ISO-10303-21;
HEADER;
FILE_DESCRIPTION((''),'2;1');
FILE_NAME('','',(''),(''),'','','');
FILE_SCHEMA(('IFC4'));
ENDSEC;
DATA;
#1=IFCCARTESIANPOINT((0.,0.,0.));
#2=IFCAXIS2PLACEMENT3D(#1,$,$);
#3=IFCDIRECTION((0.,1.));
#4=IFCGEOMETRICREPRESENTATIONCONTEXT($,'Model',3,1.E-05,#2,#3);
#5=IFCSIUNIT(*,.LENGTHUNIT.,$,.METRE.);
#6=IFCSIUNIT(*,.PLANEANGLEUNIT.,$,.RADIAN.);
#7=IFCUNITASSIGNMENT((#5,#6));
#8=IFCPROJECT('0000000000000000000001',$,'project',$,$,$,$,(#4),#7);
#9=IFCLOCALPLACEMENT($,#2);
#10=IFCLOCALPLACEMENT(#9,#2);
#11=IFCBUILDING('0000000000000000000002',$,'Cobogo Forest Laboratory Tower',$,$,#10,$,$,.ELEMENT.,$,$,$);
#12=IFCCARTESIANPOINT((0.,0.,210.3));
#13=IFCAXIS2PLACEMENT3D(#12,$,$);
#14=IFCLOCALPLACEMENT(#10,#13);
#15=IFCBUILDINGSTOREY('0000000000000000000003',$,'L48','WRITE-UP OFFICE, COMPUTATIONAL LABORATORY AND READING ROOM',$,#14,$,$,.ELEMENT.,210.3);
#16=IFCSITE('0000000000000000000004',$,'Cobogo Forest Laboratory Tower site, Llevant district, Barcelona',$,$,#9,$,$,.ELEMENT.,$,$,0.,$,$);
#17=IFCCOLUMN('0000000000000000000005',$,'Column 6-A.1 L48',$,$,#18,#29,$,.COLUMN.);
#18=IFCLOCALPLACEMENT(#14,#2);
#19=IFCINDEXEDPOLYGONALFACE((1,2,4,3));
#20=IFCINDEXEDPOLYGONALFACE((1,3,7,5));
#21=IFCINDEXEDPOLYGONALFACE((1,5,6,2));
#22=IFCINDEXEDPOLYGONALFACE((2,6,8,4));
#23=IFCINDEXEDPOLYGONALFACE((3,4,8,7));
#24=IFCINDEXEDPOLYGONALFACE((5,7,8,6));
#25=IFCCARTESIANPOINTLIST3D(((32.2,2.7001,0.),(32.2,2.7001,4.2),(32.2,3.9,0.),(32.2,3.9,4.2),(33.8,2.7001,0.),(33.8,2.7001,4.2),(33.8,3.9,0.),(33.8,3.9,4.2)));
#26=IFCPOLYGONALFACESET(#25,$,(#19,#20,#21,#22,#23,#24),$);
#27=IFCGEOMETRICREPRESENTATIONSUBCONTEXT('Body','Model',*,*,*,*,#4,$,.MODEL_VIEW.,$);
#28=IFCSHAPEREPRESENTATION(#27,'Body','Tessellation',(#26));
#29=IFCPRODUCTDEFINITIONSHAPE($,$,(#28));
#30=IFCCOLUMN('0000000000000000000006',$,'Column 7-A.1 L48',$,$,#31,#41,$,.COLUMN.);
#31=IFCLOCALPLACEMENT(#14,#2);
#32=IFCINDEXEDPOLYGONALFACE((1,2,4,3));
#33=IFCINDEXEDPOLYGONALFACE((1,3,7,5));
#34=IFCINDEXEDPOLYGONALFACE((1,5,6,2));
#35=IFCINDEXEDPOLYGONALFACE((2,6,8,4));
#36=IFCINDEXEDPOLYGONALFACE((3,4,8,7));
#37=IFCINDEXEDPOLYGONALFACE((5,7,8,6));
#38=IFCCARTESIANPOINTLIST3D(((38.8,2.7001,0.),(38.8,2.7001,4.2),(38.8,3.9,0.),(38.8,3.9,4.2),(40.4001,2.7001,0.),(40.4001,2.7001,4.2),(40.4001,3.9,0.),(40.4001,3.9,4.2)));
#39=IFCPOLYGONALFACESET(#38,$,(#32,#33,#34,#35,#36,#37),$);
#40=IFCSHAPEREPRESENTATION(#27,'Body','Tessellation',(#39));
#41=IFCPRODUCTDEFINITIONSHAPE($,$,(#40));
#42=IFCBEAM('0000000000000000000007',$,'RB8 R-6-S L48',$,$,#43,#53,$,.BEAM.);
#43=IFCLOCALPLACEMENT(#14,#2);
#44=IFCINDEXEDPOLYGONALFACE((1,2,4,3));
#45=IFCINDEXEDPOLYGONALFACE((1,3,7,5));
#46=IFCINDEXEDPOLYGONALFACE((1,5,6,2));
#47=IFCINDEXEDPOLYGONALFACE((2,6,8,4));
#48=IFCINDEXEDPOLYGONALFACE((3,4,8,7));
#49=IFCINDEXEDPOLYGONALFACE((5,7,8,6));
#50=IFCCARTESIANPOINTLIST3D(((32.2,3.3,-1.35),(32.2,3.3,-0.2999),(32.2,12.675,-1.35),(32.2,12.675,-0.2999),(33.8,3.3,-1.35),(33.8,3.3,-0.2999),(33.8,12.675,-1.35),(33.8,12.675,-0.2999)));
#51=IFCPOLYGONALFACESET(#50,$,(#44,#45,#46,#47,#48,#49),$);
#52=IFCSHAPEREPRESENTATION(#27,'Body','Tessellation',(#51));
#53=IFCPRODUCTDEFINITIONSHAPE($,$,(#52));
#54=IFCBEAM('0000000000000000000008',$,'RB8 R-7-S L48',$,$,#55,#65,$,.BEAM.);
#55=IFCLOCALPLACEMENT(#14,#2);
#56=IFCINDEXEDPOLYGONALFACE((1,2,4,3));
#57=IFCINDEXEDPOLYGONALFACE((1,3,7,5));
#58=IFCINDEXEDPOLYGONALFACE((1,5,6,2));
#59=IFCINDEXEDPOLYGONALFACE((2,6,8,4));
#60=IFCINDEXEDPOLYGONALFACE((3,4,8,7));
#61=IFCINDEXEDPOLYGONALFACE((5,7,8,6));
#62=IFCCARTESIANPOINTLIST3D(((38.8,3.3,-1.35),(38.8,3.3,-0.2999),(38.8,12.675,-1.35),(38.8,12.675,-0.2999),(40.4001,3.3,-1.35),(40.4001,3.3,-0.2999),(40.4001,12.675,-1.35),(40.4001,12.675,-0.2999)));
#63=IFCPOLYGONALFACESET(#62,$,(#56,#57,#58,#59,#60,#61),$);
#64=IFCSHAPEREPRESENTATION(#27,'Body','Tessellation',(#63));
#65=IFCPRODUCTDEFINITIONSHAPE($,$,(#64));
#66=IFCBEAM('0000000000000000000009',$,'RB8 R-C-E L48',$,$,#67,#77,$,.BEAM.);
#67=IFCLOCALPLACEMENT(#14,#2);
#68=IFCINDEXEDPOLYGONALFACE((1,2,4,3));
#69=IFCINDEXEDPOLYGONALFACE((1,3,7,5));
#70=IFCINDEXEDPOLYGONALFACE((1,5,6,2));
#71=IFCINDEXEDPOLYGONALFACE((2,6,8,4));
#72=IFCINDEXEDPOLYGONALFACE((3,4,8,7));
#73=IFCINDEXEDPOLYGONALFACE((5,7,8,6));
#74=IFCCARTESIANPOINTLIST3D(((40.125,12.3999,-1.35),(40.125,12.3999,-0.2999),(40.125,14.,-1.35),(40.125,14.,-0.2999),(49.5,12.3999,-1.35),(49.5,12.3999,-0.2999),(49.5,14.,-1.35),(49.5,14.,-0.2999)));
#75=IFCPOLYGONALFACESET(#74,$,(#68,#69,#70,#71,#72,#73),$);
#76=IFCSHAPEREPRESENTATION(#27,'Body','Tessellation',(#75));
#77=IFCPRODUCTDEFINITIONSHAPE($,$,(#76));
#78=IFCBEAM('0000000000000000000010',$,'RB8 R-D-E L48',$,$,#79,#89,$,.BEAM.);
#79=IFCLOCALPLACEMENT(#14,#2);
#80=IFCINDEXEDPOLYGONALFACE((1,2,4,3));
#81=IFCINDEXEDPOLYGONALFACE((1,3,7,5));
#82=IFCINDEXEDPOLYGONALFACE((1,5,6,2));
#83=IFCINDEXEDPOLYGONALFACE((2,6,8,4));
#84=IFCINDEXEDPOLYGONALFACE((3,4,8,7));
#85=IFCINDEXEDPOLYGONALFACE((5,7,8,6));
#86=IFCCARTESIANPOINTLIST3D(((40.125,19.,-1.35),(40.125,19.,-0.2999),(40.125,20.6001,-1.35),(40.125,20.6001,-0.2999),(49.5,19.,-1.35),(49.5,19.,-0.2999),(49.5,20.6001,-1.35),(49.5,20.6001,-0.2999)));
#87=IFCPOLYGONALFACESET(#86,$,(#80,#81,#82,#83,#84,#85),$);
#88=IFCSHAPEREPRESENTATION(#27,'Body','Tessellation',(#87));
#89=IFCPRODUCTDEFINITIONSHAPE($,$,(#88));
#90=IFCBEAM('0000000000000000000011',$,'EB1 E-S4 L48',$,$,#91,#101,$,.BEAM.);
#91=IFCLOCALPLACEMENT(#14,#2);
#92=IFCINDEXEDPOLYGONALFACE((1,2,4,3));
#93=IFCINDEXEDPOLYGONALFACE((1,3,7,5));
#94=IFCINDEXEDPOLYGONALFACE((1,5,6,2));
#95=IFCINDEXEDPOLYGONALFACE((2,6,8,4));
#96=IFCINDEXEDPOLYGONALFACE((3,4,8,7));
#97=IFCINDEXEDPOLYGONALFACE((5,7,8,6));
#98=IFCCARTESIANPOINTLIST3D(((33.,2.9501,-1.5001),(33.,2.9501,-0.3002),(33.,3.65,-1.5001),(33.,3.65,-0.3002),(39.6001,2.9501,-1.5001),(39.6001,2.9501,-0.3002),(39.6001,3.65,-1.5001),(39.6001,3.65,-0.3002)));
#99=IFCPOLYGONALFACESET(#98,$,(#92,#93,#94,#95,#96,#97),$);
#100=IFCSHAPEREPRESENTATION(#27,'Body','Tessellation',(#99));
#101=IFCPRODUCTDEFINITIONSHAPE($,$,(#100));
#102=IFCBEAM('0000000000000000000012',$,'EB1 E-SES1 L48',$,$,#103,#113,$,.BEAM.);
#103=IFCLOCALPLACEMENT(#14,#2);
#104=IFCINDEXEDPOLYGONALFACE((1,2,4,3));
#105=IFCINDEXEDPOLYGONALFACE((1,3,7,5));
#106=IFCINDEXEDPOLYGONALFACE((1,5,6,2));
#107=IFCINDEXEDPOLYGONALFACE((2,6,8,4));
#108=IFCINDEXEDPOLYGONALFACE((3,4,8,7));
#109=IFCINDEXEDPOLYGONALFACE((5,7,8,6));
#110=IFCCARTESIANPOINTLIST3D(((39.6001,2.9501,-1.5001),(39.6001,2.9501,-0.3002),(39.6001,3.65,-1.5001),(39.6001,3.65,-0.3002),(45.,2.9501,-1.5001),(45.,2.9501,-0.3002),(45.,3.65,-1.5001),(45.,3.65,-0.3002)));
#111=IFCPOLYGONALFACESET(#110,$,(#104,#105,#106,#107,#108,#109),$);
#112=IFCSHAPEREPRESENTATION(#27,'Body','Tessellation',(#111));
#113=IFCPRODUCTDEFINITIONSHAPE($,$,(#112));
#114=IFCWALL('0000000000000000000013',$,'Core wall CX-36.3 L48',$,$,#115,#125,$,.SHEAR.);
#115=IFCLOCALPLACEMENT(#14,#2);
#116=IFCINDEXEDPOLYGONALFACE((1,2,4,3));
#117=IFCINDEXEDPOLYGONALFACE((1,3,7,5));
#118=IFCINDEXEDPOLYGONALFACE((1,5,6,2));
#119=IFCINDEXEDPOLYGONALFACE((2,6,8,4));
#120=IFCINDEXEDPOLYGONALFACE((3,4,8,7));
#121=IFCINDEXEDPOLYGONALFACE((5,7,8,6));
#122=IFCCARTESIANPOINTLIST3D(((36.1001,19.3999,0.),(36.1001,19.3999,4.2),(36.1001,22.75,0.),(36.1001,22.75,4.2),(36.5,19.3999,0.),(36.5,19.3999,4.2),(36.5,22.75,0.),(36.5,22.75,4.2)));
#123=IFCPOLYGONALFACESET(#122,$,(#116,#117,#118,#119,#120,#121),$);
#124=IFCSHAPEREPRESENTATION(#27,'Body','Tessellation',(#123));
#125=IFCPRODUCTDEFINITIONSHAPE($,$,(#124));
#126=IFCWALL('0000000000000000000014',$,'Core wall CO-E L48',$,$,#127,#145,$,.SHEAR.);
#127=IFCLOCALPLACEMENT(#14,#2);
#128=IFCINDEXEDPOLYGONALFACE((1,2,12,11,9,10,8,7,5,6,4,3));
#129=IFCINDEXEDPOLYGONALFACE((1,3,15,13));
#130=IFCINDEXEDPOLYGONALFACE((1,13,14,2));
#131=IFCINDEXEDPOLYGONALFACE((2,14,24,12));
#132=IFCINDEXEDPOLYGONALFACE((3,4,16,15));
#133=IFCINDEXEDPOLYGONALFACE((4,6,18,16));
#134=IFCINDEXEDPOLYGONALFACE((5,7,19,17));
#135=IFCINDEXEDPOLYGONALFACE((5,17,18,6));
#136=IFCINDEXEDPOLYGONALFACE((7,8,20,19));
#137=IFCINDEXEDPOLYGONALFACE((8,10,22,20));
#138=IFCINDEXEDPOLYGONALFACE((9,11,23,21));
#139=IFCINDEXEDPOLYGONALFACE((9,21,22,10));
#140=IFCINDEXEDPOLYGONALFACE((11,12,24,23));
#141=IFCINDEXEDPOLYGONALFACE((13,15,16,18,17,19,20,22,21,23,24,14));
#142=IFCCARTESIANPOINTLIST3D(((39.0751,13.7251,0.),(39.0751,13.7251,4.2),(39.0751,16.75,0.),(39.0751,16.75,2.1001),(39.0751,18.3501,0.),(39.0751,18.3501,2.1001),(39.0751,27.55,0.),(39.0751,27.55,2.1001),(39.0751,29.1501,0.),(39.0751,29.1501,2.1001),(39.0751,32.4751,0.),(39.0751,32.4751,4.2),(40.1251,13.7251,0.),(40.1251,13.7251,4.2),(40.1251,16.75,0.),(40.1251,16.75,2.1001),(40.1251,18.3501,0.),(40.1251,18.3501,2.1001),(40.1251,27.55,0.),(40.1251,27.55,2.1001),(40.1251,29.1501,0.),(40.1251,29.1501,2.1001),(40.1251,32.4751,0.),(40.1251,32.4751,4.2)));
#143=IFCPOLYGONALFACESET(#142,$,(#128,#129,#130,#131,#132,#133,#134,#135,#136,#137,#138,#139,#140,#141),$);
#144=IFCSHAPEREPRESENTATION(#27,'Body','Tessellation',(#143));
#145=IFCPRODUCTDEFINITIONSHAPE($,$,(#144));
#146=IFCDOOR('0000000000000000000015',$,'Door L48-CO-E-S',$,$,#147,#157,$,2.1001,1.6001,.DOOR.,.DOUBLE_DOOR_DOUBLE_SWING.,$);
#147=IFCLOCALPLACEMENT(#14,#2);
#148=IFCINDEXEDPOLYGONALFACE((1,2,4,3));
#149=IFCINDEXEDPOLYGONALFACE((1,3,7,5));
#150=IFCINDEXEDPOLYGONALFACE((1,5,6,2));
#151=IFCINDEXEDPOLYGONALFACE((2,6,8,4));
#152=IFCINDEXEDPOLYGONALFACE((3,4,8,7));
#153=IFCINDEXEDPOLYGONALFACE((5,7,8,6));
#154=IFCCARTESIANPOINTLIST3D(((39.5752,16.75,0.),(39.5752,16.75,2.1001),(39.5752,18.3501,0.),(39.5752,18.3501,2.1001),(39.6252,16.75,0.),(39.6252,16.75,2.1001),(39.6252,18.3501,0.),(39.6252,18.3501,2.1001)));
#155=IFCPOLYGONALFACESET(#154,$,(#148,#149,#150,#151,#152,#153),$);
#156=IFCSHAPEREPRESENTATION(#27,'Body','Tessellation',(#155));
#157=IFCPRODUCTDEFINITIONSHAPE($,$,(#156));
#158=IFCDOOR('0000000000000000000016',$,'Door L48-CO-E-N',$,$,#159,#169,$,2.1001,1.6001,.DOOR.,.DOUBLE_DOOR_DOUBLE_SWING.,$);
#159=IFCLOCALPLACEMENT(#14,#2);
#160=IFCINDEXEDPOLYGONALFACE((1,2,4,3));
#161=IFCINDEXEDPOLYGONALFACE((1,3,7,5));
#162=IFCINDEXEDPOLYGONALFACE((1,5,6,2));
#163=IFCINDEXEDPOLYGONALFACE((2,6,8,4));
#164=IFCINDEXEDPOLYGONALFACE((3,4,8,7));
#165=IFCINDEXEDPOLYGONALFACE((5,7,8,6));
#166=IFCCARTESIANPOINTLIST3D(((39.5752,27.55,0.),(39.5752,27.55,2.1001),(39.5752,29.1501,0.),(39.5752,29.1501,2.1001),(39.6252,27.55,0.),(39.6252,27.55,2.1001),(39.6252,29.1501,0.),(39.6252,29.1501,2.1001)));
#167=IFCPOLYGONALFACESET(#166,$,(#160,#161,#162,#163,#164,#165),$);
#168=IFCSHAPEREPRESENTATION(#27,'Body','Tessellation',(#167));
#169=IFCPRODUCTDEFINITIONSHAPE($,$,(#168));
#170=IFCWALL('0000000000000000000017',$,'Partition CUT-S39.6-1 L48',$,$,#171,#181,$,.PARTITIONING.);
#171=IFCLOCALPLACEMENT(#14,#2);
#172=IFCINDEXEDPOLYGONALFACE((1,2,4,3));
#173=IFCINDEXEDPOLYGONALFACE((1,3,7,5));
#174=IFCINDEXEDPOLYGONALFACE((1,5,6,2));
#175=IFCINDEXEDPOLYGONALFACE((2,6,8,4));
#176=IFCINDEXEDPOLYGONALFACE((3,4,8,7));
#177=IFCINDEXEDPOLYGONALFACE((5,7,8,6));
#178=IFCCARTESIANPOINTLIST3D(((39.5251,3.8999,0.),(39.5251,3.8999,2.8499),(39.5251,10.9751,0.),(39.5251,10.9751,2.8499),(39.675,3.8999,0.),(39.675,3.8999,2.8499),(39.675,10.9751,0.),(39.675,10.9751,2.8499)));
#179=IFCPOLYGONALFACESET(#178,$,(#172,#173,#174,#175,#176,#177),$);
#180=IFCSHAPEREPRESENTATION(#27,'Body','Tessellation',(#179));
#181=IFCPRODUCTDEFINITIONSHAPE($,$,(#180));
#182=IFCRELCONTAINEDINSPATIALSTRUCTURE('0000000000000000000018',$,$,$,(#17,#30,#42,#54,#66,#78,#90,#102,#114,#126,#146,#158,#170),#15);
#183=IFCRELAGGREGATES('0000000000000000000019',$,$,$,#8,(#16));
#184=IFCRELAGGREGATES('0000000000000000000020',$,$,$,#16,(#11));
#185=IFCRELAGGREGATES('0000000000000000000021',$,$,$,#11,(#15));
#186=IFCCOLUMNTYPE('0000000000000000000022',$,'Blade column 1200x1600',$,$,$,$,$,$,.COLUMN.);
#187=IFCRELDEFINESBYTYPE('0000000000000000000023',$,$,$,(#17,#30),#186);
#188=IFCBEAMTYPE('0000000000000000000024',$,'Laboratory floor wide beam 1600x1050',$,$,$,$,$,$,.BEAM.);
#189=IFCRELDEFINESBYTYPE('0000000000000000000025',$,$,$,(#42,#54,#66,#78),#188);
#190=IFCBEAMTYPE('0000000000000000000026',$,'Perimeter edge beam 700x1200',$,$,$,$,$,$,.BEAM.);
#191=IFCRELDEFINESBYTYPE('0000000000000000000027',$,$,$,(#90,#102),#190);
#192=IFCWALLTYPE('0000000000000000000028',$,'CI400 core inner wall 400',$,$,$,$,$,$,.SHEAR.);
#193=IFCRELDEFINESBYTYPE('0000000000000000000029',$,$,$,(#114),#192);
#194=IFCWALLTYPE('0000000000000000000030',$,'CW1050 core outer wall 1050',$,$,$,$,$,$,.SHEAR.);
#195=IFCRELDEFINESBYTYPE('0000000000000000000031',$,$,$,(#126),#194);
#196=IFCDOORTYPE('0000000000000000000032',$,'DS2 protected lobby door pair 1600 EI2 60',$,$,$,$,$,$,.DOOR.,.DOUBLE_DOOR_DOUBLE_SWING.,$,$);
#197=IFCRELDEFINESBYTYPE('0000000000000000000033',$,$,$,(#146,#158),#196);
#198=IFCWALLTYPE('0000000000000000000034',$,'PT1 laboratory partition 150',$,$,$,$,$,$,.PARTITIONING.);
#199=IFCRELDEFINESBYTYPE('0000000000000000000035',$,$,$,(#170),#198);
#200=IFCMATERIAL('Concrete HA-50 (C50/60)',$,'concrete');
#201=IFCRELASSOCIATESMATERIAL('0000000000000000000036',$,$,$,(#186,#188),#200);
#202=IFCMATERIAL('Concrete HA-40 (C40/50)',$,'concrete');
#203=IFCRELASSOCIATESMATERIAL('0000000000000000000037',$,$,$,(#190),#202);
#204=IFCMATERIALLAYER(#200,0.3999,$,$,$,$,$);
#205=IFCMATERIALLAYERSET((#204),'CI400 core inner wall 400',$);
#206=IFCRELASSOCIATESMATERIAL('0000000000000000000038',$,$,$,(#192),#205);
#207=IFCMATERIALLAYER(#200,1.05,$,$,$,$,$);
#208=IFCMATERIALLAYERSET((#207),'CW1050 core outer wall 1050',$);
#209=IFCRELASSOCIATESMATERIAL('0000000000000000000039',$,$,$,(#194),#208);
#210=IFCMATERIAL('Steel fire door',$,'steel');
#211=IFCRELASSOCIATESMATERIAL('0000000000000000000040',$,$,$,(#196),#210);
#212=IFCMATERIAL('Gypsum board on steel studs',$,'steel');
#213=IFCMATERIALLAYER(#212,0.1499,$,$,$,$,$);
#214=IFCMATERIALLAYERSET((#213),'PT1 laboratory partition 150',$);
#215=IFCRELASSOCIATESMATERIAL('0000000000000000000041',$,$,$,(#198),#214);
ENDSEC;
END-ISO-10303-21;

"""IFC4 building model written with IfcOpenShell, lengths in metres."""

from ifc_helpers import new_model, si_unit, direction, frame, frame_2d, origin, origin_2d, place, context, subcontext, project, spatial, rectangle, extrude, material, layer, layer_set, material_profile, profile_set, type_object, element, fill, save


model = new_model("IFC4")

# Units and contexts
model_context = context("Model", 3, precision=1e-05, world=origin(), true_north=direction((0.0, 1.0)))
body_context = subcontext(model_context, "Body", "Model", "MODEL_VIEW")
ifc_project = project(units=[si_unit("LENGTHUNIT", "METRE"), si_unit("PLANEANGLEUNIT", "RADIAN")], contexts=[model_context])

# Site, building, storey
site_placement = place(None, origin())
site = spatial("IfcSite", under=ifc_project, at=site_placement, Name="Cobogo Forest Laboratory Tower site, Llevant district, Barcelona", CompositionType="ELEMENT", RefElevation=0.0)
building_placement = place(site_placement, origin())
building = spatial("IfcBuilding", under=site, at=building_placement, Name="Cobogo Forest Laboratory Tower", CompositionType="ELEMENT")
storey_placement = place(building_placement, frame((0.0, 0.0, 210.3)))
storey = spatial("IfcBuildingStorey", under=building, at=storey_placement, Name="L48", Description="WRITE-UP OFFICE, COMPUTATIONAL LABORATORY AND READING ROOM", CompositionType="ELEMENT", Elevation=210.3)

# Columns
ifc_material_1 = material(Name="Concrete HA-50 (C50/60)", Category="concrete")
ifc_material_profile_1 = material_profile(ifc_material_1, rectangle(XDim=1.6001, YDim=1.2, at=origin_2d()), Name="RC 1200x1600")
ifc_profile_set_1 = profile_set([ifc_material_profile_1], Name="Concrete HA-50 (C50/60)")
column_type = type_object("IfcColumnType", Name="Blade column 1200x1600", PredefinedType="COLUMN", material=ifc_profile_set_1)
for number, where, z_axis, x_axis, name in (
    (1, (33.0, 3.3, 0.0), (0.0, 0.0, 1.0), (1.0, 0.0, 0.0), "Column 6-A.1 L48"),
    (2, (39.6001, 3.3, 0.0), (0.0, 0.0, 1.0), (1.0, 0.0, 0.0), "Column 7-A.1 L48"),
):
    element("IfcColumn", number, at=place(storey_placement, frame(where, z_axis=z_axis, x_axis=x_axis)), inside=storey, type_object=column_type, Name=name, PredefinedType="COLUMN", context=body_context, shape_type="SweptSolid", body=[
        extrude(rectangle(XDim=1.6001, YDim=1.2, at=origin_2d()), origin(), (0.0, 0.0, 1.0), 4.2),
    ])

# Beams
ifc_material_profile_2 = material_profile(ifc_material_1, rectangle(XDim=1.6001, YDim=1.05, at=origin_2d()), Name="RC 1600x1050")
ifc_profile_set_2 = profile_set([ifc_material_profile_2], Name="Concrete HA-50 (C50/60)")
beam_type_1 = type_object("IfcBeamType", Name="Laboratory floor wide beam 1600x1050", PredefinedType="BEAM", material=ifc_profile_set_2)
for number, where, z_axis, x_axis, name in (
    (3, (33.0, 12.675, -0.825), (0.0, -1.0, 0.0), (1.0, 0.0, 0.0), "RB8 R-6-S L48"),
    (4, (39.6001, 12.675, -0.825), (0.0, -1.0, 0.0), (1.0, 0.0, 0.0), "RB8 R-7-S L48"),
    (5, (40.125, 13.2, -0.825), (1.0, 0.0, 0.0), (0.0, 1.0, 0.0), "RB8 R-C-E L48"),
    (6, (40.125, 19.8, -0.825), (1.0, 0.0, 0.0), (0.0, 1.0, 0.0), "RB8 R-D-E L48"),
):
    element("IfcBeam", number, at=place(storey_placement, frame(where, z_axis=z_axis, x_axis=x_axis)), inside=storey, type_object=beam_type_1, Name=name, PredefinedType="BEAM", context=body_context, shape_type="SweptSolid", body=[
        extrude(rectangle(XDim=1.6001, YDim=1.05, at=origin_2d()), origin(), (0.0, 0.0, 1.0), 9.375),
    ])
ifc_material_2 = material(Name="Concrete HA-40 (C40/50)", Category="concrete")
ifc_material_profile_3 = material_profile(ifc_material_2, rectangle(XDim=0.7, YDim=1.2, at=origin_2d()), Name="RC 700x1200")
ifc_profile_set_3 = profile_set([ifc_material_profile_3], Name="Concrete HA-40 (C40/50)")
beam_type_2 = type_object("IfcBeamType", Name="Perimeter edge beam 700x1200", PredefinedType="BEAM", material=ifc_profile_set_3)
beam_1_placement = place(storey_placement, frame((33.0, 3.3, -0.9001), z_axis=(1.0, 0.0, 0.0), x_axis=(0.0, 1.0, 0.0)))
element("IfcBeam", 7, at=beam_1_placement, inside=storey, type_object=beam_type_2, Name="EB1 E-S4 L48", PredefinedType="BEAM", context=body_context, shape_type="SweptSolid", body=[
    extrude(rectangle(XDim=0.7, YDim=1.2, at=origin_2d()), origin(), (0.0, 0.0, 1.0), 6.6001),
])
beam_2_placement = place(storey_placement, frame((39.6001, 3.3, -0.9001), z_axis=(1.0, 0.0, 0.0), x_axis=(0.0, 1.0, 0.0)))
element("IfcBeam", 8, at=beam_2_placement, inside=storey, type_object=beam_type_2, Name="EB1 E-SES1 L48", PredefinedType="BEAM", context=body_context, shape_type="SweptSolid", body=[
    extrude(rectangle(XDim=0.7, YDim=1.2, at=origin_2d()), origin(), (0.0, 0.0, 1.0), 5.3999),
])

# Wall
ifc_layer_1 = layer(ifc_material_1, 0.3999)
ifc_layer_set_1 = layer_set([ifc_layer_1], Name="CI400 core inner wall 400")
wall_type_1 = type_object("IfcWallType", Name="CI400 core inner wall 400", PredefinedType="SHEAR", material=ifc_layer_set_1)
wall_1_placement = place(storey_placement, frame((36.3, 19.3999, 0.0), z_axis=(0.0, 0.0, 1.0), x_axis=(0.0, 1.0, 0.0)))
element("IfcWall", 9, at=wall_1_placement, inside=storey, type_object=wall_type_1, Name="Core wall CX-36.3 L48", PredefinedType="SHEAR", context=body_context, shape_type="SweptSolid", body=[
    extrude(rectangle(XDim=3.3501, YDim=0.3999, at=frame_2d((1.675, 0.0))), origin(), (0.0, 0.0, 1.0), 4.2),
])

# Wall, openings, doors
ifc_layer_2 = layer(ifc_material_1, 1.05)
ifc_layer_set_2 = layer_set([ifc_layer_2], Name="CW1050 core outer wall 1050")
wall_type_2 = type_object("IfcWallType", Name="CW1050 core outer wall 1050", PredefinedType="SHEAR", material=ifc_layer_set_2)
wall_2_placement = place(storey_placement, frame((39.6001, 13.7251, 0.0), z_axis=(0.0, 0.0, 1.0), x_axis=(0.0, 1.0, 0.0)))
wall_2 = element("IfcWall", 10, at=wall_2_placement, inside=storey, type_object=wall_type_2, Name="Core wall CO-E L48", PredefinedType="SHEAR", context=body_context, shape_type="SweptSolid", body=[
    extrude(rectangle(XDim=18.75, YDim=1.05, at=frame_2d((9.375, 0.0))), origin(), (0.0, 0.0, 1.0), 4.2),
])
opening_1_placement = place(wall_2_placement, frame((3.0249, 0.0, 0.0)))
opening_1 = element("IfcOpeningElement", 11, at=opening_1_placement, cuts=wall_2, PredefinedType="OPENING", context=body_context, shape_type="SweptSolid", body=[
    extrude(rectangle(XDim=1.6001, YDim=2.1001, at=frame_2d((0.8, 1.05))), frame((0.0, 0.5349, 0.0), z_axis=(0.0, -1.0, 0.0), x_axis=(1.0, 0.0, 0.0)), (0.0, 0.0, 1.0), 1.0701),
])
opening_2_placement = place(wall_2_placement, frame((13.825, 0.0, 0.0)))
opening_2 = element("IfcOpeningElement", 12, at=opening_2_placement, cuts=wall_2, PredefinedType="OPENING", context=body_context, shape_type="SweptSolid", body=[
    extrude(rectangle(XDim=1.6001, YDim=2.1001, at=frame_2d((0.8, 1.05))), frame((0.0, 0.5349, 0.0), z_axis=(0.0, -1.0, 0.0), x_axis=(1.0, 0.0, 0.0)), (0.0, 0.0, 1.0), 1.0701),
])
ifc_material_3 = material(Name="Steel fire door", Category="steel")
door_type_1 = type_object("IfcDoorType", Name="DS2 protected lobby door pair 1600 EI2 60", OperationType="DOUBLE_DOOR_DOUBLE_SWING", PredefinedType="DOOR", material=ifc_material_3)
door_1_placement = place(opening_1_placement, origin())
door_1 = element("IfcDoor", 13, at=door_1_placement, inside=storey, type_object=door_type_1, Name="Door L48-CO-E-S", OperationType="DOUBLE_DOOR_DOUBLE_SWING", OverallHeight=2.1001, OverallWidth=1.6001, PredefinedType="DOOR", context=body_context, shape_type="SweptSolid", body=[
    extrude(rectangle(XDim=1.6001, YDim=2.1001, at=frame_2d((0.8, 1.05))), frame((0.0, 0.0249, 0.0), z_axis=(0.0, -1.0, 0.0), x_axis=(1.0, 0.0, 0.0)), (0.0, 0.0, 1.0), 0.05),
])
fill(opening_1, door_1)
door_2_placement = place(opening_2_placement, origin())
door_2 = element("IfcDoor", 14, at=door_2_placement, inside=storey, type_object=door_type_1, Name="Door L48-CO-E-N", OperationType="DOUBLE_DOOR_DOUBLE_SWING", OverallHeight=2.1001, OverallWidth=1.6001, PredefinedType="DOOR", context=body_context, shape_type="SweptSolid", body=[
    extrude(rectangle(XDim=1.6001, YDim=2.1001, at=frame_2d((0.8, 1.05))), frame((0.0, 0.0249, 0.0), z_axis=(0.0, -1.0, 0.0), x_axis=(1.0, 0.0, 0.0)), (0.0, 0.0, 1.0), 0.05),
])
fill(opening_2, door_2)

# Wall
ifc_material_4 = material(Name="Gypsum board on steel studs", Category="steel")
ifc_layer_3 = layer(ifc_material_4, 0.1499)
ifc_layer_set_3 = layer_set([ifc_layer_3], Name="PT1 laboratory partition 150")
wall_type_3 = type_object("IfcWallType", Name="PT1 laboratory partition 150", PredefinedType="PARTITIONING", material=ifc_layer_set_3)
wall_3_placement = place(storey_placement, frame((39.6001, 3.8999, 0.0), z_axis=(0.0, 0.0, 1.0), x_axis=(0.0, 1.0, 0.0)))
element("IfcWall", 15, at=wall_3_placement, inside=storey, type_object=wall_type_3, Name="Partition CUT-S39.6-1 L48", PredefinedType="PARTITIONING", context=body_context, shape_type="SweptSolid", body=[
    extrude(rectangle(XDim=7.0752, YDim=0.1499, at=frame_2d((3.5376, 0.0))), origin(), (0.0, 0.0, 1.0), 2.8499),
])

save(model, "model.ifc")
